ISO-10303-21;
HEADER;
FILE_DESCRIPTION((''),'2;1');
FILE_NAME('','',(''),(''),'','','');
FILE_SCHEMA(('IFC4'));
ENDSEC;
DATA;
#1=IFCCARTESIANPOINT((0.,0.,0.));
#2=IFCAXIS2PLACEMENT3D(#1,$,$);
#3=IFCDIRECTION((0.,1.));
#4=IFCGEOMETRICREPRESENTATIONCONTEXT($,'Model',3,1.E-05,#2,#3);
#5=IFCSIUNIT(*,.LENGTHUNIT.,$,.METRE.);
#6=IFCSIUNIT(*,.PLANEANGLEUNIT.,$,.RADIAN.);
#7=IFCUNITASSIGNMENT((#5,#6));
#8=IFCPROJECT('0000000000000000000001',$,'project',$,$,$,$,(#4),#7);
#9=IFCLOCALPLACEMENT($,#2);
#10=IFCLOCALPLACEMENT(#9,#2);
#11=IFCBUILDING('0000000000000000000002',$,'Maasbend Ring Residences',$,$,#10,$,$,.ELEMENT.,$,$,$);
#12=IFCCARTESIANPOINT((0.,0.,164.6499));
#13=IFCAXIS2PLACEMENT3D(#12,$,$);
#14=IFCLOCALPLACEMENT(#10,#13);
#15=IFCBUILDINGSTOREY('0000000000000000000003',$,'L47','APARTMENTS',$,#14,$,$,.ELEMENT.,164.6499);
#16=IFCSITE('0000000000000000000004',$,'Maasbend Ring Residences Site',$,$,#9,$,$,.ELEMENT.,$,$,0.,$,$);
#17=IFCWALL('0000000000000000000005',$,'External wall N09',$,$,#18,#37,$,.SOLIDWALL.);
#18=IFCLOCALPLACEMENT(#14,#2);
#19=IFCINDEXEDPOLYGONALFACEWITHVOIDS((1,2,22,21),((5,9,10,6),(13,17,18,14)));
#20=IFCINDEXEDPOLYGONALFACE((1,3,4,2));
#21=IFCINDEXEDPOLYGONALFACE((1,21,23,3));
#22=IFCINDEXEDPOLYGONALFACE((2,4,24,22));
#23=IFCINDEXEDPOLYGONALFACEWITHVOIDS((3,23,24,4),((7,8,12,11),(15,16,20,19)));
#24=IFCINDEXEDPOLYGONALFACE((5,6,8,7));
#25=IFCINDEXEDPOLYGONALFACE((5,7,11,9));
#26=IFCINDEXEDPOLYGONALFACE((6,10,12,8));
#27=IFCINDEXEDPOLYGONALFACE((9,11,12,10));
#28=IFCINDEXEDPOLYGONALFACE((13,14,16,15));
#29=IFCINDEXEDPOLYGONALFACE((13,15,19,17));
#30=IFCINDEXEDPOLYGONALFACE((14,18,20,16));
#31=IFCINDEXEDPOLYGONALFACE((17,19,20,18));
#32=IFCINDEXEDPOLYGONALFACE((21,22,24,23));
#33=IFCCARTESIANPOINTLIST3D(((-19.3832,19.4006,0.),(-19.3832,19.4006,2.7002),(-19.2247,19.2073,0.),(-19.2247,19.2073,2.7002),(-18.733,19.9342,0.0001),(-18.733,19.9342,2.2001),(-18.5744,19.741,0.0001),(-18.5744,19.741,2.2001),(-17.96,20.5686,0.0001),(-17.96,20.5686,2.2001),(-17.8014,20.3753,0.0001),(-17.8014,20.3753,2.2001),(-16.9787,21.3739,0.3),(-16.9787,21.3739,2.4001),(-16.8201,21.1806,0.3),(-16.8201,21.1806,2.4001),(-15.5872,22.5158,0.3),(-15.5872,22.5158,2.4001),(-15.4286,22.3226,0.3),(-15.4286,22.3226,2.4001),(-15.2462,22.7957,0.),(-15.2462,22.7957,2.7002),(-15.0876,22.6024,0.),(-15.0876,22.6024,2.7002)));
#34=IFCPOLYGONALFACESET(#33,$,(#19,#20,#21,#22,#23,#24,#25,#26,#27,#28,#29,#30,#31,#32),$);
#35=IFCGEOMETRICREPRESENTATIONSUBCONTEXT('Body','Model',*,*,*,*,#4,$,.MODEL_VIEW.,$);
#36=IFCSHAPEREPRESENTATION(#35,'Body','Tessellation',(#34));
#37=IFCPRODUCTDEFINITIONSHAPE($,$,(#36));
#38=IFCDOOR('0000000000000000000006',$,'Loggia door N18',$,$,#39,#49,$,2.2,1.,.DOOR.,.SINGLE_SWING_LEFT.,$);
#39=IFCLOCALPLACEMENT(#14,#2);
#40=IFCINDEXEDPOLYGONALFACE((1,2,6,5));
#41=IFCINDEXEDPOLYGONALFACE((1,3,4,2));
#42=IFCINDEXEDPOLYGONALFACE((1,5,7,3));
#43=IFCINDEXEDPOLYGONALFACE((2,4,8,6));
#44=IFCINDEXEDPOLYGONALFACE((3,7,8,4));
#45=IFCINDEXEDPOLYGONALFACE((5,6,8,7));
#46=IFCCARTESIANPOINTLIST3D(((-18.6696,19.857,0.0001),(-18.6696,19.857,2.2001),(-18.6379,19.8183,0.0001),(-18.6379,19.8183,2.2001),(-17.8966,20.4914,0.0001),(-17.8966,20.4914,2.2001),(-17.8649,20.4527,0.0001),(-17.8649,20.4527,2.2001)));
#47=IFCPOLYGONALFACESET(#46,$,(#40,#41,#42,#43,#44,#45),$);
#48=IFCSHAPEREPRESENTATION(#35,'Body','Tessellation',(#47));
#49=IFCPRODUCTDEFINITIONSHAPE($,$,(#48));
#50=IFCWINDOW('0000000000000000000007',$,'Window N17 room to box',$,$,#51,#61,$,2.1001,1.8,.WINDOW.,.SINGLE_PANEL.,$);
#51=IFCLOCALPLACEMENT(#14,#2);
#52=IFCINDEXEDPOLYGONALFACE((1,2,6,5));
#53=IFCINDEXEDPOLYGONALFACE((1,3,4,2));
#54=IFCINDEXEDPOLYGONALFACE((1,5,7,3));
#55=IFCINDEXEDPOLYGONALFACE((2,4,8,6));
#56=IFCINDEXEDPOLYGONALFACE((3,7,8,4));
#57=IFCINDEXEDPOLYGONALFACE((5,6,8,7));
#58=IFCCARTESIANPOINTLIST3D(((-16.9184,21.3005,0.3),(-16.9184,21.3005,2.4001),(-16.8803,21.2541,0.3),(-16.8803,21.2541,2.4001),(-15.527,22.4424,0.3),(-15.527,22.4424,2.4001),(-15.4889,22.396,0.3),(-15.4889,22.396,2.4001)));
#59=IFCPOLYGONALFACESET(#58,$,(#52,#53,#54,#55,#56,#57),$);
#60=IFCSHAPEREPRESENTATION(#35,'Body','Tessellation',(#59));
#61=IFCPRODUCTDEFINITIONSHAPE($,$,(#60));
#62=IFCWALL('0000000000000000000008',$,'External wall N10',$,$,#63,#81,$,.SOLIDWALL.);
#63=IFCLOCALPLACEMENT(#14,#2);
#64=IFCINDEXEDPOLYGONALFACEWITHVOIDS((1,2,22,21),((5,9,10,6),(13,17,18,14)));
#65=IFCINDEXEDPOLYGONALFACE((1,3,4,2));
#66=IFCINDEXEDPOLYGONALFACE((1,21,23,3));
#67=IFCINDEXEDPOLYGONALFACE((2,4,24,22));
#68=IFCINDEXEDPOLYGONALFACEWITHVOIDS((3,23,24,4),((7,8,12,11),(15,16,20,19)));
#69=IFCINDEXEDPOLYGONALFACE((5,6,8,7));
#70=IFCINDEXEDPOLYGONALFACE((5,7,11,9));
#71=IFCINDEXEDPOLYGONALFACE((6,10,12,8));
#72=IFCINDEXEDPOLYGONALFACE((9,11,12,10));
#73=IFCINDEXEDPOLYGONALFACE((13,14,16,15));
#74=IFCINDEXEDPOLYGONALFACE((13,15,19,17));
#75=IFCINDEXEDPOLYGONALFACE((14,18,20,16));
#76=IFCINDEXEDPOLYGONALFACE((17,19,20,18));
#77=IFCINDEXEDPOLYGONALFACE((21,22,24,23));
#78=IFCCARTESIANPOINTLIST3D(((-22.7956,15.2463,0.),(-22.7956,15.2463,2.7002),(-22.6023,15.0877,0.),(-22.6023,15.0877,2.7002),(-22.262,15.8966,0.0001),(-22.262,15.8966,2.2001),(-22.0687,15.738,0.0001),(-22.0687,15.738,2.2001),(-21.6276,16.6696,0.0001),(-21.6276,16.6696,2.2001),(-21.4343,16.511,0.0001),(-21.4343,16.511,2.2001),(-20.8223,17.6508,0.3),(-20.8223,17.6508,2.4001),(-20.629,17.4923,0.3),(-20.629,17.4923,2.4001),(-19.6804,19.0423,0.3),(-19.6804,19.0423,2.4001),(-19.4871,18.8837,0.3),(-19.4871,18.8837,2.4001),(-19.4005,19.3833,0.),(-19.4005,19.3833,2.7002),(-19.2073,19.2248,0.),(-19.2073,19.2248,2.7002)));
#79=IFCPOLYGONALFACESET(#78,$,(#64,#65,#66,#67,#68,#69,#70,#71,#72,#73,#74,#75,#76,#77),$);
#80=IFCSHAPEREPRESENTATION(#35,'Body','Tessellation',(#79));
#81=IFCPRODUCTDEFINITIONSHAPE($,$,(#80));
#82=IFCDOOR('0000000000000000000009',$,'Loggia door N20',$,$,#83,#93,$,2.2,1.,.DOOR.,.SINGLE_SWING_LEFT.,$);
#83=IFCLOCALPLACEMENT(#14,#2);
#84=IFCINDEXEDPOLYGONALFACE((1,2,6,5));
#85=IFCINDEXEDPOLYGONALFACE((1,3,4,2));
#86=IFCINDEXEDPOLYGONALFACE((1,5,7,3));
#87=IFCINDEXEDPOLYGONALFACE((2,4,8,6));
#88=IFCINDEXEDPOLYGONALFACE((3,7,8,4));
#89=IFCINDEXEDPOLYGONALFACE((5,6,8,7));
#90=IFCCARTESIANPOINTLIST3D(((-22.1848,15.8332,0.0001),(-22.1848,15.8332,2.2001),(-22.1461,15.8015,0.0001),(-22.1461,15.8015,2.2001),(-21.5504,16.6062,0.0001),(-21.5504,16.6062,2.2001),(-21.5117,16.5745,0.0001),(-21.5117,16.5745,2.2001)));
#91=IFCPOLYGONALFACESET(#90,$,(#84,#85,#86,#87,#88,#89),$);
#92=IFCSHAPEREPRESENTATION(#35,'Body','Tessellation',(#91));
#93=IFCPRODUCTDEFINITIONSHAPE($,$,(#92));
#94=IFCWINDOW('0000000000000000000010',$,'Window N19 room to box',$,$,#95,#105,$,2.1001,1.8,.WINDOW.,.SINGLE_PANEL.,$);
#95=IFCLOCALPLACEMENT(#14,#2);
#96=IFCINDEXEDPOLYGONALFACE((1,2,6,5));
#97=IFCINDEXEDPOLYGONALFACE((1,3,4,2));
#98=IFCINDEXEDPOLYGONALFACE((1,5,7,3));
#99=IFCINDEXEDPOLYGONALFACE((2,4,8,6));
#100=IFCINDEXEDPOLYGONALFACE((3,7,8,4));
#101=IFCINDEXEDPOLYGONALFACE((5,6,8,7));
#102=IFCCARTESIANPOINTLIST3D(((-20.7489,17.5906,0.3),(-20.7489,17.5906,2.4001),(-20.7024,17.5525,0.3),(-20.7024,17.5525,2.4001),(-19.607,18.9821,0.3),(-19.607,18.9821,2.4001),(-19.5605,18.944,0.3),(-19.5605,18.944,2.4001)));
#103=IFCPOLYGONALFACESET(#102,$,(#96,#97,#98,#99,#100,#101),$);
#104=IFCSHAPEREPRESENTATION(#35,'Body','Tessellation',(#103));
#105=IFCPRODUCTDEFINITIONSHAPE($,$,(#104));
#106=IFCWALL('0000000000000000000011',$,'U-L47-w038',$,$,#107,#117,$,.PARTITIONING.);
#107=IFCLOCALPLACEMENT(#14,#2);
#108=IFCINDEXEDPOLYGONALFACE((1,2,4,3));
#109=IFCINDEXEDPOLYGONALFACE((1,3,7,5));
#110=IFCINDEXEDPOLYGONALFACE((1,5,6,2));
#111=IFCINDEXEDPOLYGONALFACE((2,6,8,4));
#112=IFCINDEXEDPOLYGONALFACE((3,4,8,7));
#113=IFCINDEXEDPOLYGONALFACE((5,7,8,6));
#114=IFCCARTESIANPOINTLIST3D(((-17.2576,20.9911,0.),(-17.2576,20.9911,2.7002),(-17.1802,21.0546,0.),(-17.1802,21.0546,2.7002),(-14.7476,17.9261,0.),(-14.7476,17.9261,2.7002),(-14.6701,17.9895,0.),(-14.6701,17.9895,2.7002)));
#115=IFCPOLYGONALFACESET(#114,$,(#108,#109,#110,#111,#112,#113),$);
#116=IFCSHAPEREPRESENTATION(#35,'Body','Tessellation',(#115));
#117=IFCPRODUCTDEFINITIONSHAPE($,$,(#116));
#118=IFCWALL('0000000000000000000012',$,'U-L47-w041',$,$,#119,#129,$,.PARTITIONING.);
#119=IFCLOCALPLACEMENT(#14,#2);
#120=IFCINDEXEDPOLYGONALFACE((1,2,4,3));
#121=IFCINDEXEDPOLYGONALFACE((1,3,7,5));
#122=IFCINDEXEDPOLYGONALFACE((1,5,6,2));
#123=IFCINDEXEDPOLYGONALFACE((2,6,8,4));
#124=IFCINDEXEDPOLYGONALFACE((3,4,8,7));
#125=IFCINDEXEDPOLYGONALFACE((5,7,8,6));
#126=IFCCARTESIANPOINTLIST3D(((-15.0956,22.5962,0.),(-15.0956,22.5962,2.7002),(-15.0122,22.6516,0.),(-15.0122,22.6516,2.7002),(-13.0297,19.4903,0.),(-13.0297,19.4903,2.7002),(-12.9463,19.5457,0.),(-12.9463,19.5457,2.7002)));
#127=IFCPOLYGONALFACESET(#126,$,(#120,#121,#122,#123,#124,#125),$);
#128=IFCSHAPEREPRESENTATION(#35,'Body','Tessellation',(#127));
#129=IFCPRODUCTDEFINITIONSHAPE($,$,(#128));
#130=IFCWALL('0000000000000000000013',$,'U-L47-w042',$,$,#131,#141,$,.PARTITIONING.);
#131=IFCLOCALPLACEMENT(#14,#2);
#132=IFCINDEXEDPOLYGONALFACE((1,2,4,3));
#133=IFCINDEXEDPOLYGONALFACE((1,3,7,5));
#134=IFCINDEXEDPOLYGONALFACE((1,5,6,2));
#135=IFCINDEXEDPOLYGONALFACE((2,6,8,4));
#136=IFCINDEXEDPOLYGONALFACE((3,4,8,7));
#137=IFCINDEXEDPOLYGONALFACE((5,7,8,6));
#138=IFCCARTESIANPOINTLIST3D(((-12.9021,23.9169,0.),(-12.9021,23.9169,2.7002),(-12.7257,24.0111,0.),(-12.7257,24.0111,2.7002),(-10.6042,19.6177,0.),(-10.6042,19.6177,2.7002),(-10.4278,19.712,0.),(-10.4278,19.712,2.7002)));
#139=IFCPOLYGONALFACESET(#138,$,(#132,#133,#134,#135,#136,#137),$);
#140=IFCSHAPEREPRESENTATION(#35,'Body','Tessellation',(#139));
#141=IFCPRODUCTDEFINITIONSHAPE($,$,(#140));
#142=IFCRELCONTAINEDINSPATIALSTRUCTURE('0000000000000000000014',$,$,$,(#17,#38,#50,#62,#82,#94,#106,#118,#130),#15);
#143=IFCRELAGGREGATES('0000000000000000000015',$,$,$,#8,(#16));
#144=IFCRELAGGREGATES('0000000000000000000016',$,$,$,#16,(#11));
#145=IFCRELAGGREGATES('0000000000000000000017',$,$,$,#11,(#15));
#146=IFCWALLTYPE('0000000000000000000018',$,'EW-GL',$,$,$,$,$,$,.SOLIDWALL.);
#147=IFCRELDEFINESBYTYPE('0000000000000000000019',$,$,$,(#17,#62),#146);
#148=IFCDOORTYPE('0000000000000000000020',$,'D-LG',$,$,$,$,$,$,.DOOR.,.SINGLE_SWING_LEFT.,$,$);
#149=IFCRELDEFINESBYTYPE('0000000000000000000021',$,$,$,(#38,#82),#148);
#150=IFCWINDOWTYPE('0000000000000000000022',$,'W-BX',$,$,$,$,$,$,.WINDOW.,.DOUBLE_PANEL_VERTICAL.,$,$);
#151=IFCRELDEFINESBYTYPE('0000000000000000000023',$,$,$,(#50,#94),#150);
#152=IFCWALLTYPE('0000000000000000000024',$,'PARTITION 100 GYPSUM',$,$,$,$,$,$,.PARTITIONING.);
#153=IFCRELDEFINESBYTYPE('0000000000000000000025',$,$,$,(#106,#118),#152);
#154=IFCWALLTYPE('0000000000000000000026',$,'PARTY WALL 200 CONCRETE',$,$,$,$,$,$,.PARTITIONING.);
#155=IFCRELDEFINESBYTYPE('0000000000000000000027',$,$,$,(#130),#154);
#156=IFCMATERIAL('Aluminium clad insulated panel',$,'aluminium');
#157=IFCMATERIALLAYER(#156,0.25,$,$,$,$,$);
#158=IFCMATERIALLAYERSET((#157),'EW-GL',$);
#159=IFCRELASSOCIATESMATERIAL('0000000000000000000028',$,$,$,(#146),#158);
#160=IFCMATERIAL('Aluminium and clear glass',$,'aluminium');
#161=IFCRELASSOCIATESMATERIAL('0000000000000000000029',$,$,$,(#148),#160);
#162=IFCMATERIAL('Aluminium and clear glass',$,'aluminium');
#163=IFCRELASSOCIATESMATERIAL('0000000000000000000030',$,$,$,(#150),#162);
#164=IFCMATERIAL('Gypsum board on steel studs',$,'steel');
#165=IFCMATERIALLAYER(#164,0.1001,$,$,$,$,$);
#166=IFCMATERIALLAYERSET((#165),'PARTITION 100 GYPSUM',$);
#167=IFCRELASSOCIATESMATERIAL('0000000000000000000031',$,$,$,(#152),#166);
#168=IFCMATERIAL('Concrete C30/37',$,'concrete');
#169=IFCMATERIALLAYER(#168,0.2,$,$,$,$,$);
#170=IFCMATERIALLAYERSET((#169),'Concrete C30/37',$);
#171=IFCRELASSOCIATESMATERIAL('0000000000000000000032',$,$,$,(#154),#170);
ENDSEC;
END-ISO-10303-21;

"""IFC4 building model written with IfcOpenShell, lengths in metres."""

from ifc_helpers import new_model, si_unit, direction, frame, frame_2d, origin, place, context, subcontext, project, spatial, rectangle, extrude, material, layer, layer_set, type_object, element, fill, save


model = new_model("IFC4")

# Units and contexts
model_context = context("Model", 3, precision=1e-05, world=origin(), true_north=direction((0.0, 1.0)))
body_context = subcontext(model_context, "Body", "Model", "MODEL_VIEW")
ifc_project = project(units=[si_unit("LENGTHUNIT", "METRE"), si_unit("PLANEANGLEUNIT", "RADIAN")], contexts=[model_context])

# Site, building, storey
site_placement = place(None, origin())
site = spatial("IfcSite", under=ifc_project, at=site_placement, Name="Maasbend Ring Residences Site", CompositionType="ELEMENT", RefElevation=0.0)
building_placement = place(site_placement, origin())
building = spatial("IfcBuilding", under=site, at=building_placement, Name="Maasbend Ring Residences", CompositionType="ELEMENT")
storey_placement = place(building_placement, frame((0.0, 0.0, 164.6499)))
storey = spatial("IfcBuildingStorey", under=building, at=storey_placement, Name="L47", Description="APARTMENTS", CompositionType="ELEMENT", Elevation=164.6499)

# Walls, openings, doors, windows
ifc_material_1 = material(Name="Aluminium clad insulated panel", Category="aluminium")
ifc_layer_1 = layer(ifc_material_1, 0.25)
ifc_layer_set_1 = layer_set([ifc_layer_1], Name="EW-GL")
wall_type_1 = type_object("IfcWallType", Name="EW-GL", PredefinedType="SOLIDWALL", material=ifc_layer_set_1)
wall_1_placement = place(storey_placement, frame((-15.167, 22.699, 0.0), z_axis=(0.0, 0.0, 1.0), x_axis=(-0.773019, -0.634382, 0.0)))
wall_1 = element("IfcWall", 1, at=wall_1_placement, inside=storey, type_object=wall_type_1, Name="External wall N09", PredefinedType="SOLIDWALL", context=body_context, shape_type="SweptSolid", body=[
    extrude(rectangle(XDim=5.3518, YDim=0.25, at=frame_2d((2.6758, 0.0))), origin(), (0.0, 0.0, 1.0), 2.7002),
])
opening_1_placement = place(wall_1_placement, frame((0.4412, 0.0, 0.3)))
opening_1 = element("IfcOpeningElement", 2, at=opening_1_placement, cuts=wall_1, PredefinedType="OPENING", context=body_context, shape_type="SweptSolid", body=[
    extrude(rectangle(XDim=1.8, YDim=2.1001, at=frame_2d((0.8999, 1.05))), frame((0.0, 0.135, 0.0), z_axis=(0.0, -1.0, 0.0), x_axis=(1.0, 0.0, 0.0)), (0.0, 0.0, 1.0), 0.27),
])
opening_2_placement = place(wall_1_placement, frame((3.5105, 0.0, 0.0)))
opening_2 = element("IfcOpeningElement", 3, at=opening_2_placement, cuts=wall_1, PredefinedType="OPENING", context=body_context, shape_type="SweptSolid", body=[
    extrude(rectangle(XDim=1.0, YDim=2.2, at=frame_2d((0.5, 1.1001))), frame((0.0, 0.135, 0.0), z_axis=(0.0, -1.0, 0.0), x_axis=(1.0, 0.0, 0.0)), (0.0, 0.0, 1.0), 0.27),
])
ifc_material_2 = material(Name="Aluminium and clear glass", Category="aluminium")
door_type = type_object("IfcDoorType", Name="D-LG", OperationType="SINGLE_SWING_LEFT", PredefinedType="DOOR", material=ifc_material_2)
door_1_placement = place(opening_2_placement, origin())
door_1 = element("IfcDoor", 4, at=door_1_placement, inside=storey, type_object=door_type, Name="Loggia door N18", OperationType="SINGLE_SWING_LEFT", OverallHeight=2.2, OverallWidth=1.0, PredefinedType="DOOR", context=body_context, shape_type="SweptSolid", body=[
    extrude(rectangle(XDim=1.0, YDim=2.2, at=frame_2d((0.5, 1.1001))), frame((0.0, 0.0249, 0.0), z_axis=(0.0, -1.0, 0.0), x_axis=(1.0, 0.0, 0.0)), (0.0, 0.0, 1.0), 0.05),
])
fill(opening_2, door_1)
ifc_material_3 = material(Name="Aluminium and clear glass", Category="aluminium")
window_type_1 = type_object("IfcWindowType", Name="W-BX", PartitioningType="DOUBLE_PANEL_VERTICAL", PredefinedType="WINDOW", material=ifc_material_3)
window_1_placement = place(opening_1_placement, origin())
window_1 = element("IfcWindow", 5, at=window_1_placement, inside=storey, type_object=window_type_1, Name="Window N17 room to box", OverallHeight=2.1001, OverallWidth=1.8, PartitioningType="SINGLE_PANEL", PredefinedType="WINDOW", context=body_context, shape_type="SweptSolid", body=[
    extrude(rectangle(XDim=1.8, YDim=2.1001, at=frame_2d((0.8999, 1.05))), frame((0.0, 0.03, 0.0), z_axis=(0.0, -1.0, 0.0), x_axis=(1.0, 0.0, 0.0)), (0.0, 0.0, 1.0), 0.0601),
])
fill(opening_1, window_1)
wall_2_placement = place(storey_placement, frame((-19.304, 19.304, 0.0), z_axis=(0.0, 0.0, 1.0), x_axis=(-0.634382, -0.773019, 0.0)))
wall_2 = element("IfcWall", 6, at=wall_2_placement, inside=storey, type_object=wall_type_1, Name="External wall N10", PredefinedType="SOLIDWALL", context=body_context, shape_type="SweptSolid", body=[
    extrude(rectangle(XDim=5.3518, YDim=0.25, at=frame_2d((2.6758, 0.0))), origin(), (0.0, 0.0, 1.0), 2.7002),
])
opening_3_placement = place(wall_2_placement, frame((0.4412, 0.0, 0.3)))
opening_3 = element("IfcOpeningElement", 7, at=opening_3_placement, cuts=wall_2, PredefinedType="OPENING", context=body_context, shape_type="SweptSolid", body=[
    extrude(rectangle(XDim=1.8, YDim=2.1001, at=frame_2d((0.8999, 1.05))), frame((0.0, 0.135, 0.0), z_axis=(0.0, -1.0, 0.0), x_axis=(1.0, 0.0, 0.0)), (0.0, 0.0, 1.0), 0.27),
])
opening_4_placement = place(wall_2_placement, frame((3.5105, 0.0, 0.0)))
opening_4 = element("IfcOpeningElement", 8, at=opening_4_placement, cuts=wall_2, PredefinedType="OPENING", context=body_context, shape_type="SweptSolid", body=[
    extrude(rectangle(XDim=1.0, YDim=2.2, at=frame_2d((0.5, 1.1001))), frame((0.0, 0.135, 0.0), z_axis=(0.0, -1.0, 0.0), x_axis=(1.0, 0.0, 0.0)), (0.0, 0.0, 1.0), 0.27),
])
door_2_placement = place(opening_4_placement, origin())
door_2 = element("IfcDoor", 9, at=door_2_placement, inside=storey, type_object=door_type, Name="Loggia door N20", OperationType="SINGLE_SWING_LEFT", OverallHeight=2.2, OverallWidth=1.0, PredefinedType="DOOR", context=body_context, shape_type="SweptSolid", body=[
    extrude(rectangle(XDim=1.0, YDim=2.2, at=frame_2d((0.5, 1.1001))), frame((0.0, 0.0249, 0.0), z_axis=(0.0, -1.0, 0.0), x_axis=(1.0, 0.0, 0.0)), (0.0, 0.0, 1.0), 0.05),
])
fill(opening_4, door_2)
window_2_placement = place(opening_3_placement, origin())
window_2 = element("IfcWindow", 10, at=window_2_placement, inside=storey, type_object=window_type_1, Name="Window N19 room to box", OverallHeight=2.1001, OverallWidth=1.8, PartitioningType="SINGLE_PANEL", PredefinedType="WINDOW", context=body_context, shape_type="SweptSolid", body=[
    extrude(rectangle(XDim=1.8, YDim=2.1001, at=frame_2d((0.8999, 1.05))), frame((0.0, 0.03, 0.0), z_axis=(0.0, -1.0, 0.0), x_axis=(1.0, 0.0, 0.0)), (0.0, 0.0, 1.0), 0.0601),
])
fill(opening_3, window_2)

# Walls
ifc_material_4 = material(Name="Gypsum board on steel studs", Category="steel")
ifc_layer_2 = layer(ifc_material_4, 0.1001)
ifc_layer_set_2 = layer_set([ifc_layer_2], Name="PARTITION 100 GYPSUM")
wall_type_2 = type_object("IfcWallType", Name="PARTITION 100 GYPSUM", PredefinedType="PARTITIONING", material=ifc_layer_set_2)
wall_3_placement = place(storey_placement, frame((-17.219, 21.0229, 0.0), z_axis=(0.0, 0.0, 1.0), x_axis=(0.63359, -0.773669, 0.0)))
element("IfcWall", 11, at=wall_3_placement, inside=storey, type_object=wall_type_2, Name="U-L47-w038", PredefinedType="PARTITIONING", context=body_context, shape_type="SweptSolid", body=[
    extrude(rectangle(XDim=3.9617, YDim=0.1001, at=frame_2d((1.981, 0.0))), origin(), (0.0, 0.0, 1.0), 2.7002),
])
wall_4_placement = place(storey_placement, frame((-15.054, 22.624, 0.0), z_axis=(0.0, 0.0, 1.0), x_axis=(0.553824, -0.832634, 0.0)))
element("IfcWall", 12, at=wall_4_placement, inside=storey, type_object=wall_type_2, Name="U-L47-w041", PredefinedType="PARTITIONING", context=body_context, shape_type="SweptSolid", body=[
    extrude(rectangle(XDim=3.7302, YDim=0.1001, at=frame_2d((1.8652, 0.0))), origin(), (0.0, 0.0, 1.0), 2.7002),
])
ifc_material_5 = material(Name="Concrete C30/37", Category="concrete")
ifc_layer_3 = layer(ifc_material_5, 0.2)
ifc_layer_set_3 = layer_set([ifc_layer_3], Name="Concrete C30/37")
wall_type_3 = type_object("IfcWallType", Name="PARTY WALL 200 CONCRETE", PredefinedType="PARTITIONING", material=ifc_layer_set_3)
wall_5_placement = place(storey_placement, frame((-12.814, 23.9641, 0.0), z_axis=(0.0, 0.0, 1.0), x_axis=(0.471389, -0.881926, 0.0)))
element("IfcWall", 13, at=wall_5_placement, inside=storey, type_object=wall_type_3, Name="U-L47-w042", PredefinedType="PARTITIONING", context=body_context, shape_type="SweptSolid", body=[
    extrude(rectangle(XDim=4.8748, YDim=0.2, at=frame_2d((2.4375, 0.0))), origin(), (0.0, 0.0, 1.0), 2.7002),
])

save(model, "model.ifc")
